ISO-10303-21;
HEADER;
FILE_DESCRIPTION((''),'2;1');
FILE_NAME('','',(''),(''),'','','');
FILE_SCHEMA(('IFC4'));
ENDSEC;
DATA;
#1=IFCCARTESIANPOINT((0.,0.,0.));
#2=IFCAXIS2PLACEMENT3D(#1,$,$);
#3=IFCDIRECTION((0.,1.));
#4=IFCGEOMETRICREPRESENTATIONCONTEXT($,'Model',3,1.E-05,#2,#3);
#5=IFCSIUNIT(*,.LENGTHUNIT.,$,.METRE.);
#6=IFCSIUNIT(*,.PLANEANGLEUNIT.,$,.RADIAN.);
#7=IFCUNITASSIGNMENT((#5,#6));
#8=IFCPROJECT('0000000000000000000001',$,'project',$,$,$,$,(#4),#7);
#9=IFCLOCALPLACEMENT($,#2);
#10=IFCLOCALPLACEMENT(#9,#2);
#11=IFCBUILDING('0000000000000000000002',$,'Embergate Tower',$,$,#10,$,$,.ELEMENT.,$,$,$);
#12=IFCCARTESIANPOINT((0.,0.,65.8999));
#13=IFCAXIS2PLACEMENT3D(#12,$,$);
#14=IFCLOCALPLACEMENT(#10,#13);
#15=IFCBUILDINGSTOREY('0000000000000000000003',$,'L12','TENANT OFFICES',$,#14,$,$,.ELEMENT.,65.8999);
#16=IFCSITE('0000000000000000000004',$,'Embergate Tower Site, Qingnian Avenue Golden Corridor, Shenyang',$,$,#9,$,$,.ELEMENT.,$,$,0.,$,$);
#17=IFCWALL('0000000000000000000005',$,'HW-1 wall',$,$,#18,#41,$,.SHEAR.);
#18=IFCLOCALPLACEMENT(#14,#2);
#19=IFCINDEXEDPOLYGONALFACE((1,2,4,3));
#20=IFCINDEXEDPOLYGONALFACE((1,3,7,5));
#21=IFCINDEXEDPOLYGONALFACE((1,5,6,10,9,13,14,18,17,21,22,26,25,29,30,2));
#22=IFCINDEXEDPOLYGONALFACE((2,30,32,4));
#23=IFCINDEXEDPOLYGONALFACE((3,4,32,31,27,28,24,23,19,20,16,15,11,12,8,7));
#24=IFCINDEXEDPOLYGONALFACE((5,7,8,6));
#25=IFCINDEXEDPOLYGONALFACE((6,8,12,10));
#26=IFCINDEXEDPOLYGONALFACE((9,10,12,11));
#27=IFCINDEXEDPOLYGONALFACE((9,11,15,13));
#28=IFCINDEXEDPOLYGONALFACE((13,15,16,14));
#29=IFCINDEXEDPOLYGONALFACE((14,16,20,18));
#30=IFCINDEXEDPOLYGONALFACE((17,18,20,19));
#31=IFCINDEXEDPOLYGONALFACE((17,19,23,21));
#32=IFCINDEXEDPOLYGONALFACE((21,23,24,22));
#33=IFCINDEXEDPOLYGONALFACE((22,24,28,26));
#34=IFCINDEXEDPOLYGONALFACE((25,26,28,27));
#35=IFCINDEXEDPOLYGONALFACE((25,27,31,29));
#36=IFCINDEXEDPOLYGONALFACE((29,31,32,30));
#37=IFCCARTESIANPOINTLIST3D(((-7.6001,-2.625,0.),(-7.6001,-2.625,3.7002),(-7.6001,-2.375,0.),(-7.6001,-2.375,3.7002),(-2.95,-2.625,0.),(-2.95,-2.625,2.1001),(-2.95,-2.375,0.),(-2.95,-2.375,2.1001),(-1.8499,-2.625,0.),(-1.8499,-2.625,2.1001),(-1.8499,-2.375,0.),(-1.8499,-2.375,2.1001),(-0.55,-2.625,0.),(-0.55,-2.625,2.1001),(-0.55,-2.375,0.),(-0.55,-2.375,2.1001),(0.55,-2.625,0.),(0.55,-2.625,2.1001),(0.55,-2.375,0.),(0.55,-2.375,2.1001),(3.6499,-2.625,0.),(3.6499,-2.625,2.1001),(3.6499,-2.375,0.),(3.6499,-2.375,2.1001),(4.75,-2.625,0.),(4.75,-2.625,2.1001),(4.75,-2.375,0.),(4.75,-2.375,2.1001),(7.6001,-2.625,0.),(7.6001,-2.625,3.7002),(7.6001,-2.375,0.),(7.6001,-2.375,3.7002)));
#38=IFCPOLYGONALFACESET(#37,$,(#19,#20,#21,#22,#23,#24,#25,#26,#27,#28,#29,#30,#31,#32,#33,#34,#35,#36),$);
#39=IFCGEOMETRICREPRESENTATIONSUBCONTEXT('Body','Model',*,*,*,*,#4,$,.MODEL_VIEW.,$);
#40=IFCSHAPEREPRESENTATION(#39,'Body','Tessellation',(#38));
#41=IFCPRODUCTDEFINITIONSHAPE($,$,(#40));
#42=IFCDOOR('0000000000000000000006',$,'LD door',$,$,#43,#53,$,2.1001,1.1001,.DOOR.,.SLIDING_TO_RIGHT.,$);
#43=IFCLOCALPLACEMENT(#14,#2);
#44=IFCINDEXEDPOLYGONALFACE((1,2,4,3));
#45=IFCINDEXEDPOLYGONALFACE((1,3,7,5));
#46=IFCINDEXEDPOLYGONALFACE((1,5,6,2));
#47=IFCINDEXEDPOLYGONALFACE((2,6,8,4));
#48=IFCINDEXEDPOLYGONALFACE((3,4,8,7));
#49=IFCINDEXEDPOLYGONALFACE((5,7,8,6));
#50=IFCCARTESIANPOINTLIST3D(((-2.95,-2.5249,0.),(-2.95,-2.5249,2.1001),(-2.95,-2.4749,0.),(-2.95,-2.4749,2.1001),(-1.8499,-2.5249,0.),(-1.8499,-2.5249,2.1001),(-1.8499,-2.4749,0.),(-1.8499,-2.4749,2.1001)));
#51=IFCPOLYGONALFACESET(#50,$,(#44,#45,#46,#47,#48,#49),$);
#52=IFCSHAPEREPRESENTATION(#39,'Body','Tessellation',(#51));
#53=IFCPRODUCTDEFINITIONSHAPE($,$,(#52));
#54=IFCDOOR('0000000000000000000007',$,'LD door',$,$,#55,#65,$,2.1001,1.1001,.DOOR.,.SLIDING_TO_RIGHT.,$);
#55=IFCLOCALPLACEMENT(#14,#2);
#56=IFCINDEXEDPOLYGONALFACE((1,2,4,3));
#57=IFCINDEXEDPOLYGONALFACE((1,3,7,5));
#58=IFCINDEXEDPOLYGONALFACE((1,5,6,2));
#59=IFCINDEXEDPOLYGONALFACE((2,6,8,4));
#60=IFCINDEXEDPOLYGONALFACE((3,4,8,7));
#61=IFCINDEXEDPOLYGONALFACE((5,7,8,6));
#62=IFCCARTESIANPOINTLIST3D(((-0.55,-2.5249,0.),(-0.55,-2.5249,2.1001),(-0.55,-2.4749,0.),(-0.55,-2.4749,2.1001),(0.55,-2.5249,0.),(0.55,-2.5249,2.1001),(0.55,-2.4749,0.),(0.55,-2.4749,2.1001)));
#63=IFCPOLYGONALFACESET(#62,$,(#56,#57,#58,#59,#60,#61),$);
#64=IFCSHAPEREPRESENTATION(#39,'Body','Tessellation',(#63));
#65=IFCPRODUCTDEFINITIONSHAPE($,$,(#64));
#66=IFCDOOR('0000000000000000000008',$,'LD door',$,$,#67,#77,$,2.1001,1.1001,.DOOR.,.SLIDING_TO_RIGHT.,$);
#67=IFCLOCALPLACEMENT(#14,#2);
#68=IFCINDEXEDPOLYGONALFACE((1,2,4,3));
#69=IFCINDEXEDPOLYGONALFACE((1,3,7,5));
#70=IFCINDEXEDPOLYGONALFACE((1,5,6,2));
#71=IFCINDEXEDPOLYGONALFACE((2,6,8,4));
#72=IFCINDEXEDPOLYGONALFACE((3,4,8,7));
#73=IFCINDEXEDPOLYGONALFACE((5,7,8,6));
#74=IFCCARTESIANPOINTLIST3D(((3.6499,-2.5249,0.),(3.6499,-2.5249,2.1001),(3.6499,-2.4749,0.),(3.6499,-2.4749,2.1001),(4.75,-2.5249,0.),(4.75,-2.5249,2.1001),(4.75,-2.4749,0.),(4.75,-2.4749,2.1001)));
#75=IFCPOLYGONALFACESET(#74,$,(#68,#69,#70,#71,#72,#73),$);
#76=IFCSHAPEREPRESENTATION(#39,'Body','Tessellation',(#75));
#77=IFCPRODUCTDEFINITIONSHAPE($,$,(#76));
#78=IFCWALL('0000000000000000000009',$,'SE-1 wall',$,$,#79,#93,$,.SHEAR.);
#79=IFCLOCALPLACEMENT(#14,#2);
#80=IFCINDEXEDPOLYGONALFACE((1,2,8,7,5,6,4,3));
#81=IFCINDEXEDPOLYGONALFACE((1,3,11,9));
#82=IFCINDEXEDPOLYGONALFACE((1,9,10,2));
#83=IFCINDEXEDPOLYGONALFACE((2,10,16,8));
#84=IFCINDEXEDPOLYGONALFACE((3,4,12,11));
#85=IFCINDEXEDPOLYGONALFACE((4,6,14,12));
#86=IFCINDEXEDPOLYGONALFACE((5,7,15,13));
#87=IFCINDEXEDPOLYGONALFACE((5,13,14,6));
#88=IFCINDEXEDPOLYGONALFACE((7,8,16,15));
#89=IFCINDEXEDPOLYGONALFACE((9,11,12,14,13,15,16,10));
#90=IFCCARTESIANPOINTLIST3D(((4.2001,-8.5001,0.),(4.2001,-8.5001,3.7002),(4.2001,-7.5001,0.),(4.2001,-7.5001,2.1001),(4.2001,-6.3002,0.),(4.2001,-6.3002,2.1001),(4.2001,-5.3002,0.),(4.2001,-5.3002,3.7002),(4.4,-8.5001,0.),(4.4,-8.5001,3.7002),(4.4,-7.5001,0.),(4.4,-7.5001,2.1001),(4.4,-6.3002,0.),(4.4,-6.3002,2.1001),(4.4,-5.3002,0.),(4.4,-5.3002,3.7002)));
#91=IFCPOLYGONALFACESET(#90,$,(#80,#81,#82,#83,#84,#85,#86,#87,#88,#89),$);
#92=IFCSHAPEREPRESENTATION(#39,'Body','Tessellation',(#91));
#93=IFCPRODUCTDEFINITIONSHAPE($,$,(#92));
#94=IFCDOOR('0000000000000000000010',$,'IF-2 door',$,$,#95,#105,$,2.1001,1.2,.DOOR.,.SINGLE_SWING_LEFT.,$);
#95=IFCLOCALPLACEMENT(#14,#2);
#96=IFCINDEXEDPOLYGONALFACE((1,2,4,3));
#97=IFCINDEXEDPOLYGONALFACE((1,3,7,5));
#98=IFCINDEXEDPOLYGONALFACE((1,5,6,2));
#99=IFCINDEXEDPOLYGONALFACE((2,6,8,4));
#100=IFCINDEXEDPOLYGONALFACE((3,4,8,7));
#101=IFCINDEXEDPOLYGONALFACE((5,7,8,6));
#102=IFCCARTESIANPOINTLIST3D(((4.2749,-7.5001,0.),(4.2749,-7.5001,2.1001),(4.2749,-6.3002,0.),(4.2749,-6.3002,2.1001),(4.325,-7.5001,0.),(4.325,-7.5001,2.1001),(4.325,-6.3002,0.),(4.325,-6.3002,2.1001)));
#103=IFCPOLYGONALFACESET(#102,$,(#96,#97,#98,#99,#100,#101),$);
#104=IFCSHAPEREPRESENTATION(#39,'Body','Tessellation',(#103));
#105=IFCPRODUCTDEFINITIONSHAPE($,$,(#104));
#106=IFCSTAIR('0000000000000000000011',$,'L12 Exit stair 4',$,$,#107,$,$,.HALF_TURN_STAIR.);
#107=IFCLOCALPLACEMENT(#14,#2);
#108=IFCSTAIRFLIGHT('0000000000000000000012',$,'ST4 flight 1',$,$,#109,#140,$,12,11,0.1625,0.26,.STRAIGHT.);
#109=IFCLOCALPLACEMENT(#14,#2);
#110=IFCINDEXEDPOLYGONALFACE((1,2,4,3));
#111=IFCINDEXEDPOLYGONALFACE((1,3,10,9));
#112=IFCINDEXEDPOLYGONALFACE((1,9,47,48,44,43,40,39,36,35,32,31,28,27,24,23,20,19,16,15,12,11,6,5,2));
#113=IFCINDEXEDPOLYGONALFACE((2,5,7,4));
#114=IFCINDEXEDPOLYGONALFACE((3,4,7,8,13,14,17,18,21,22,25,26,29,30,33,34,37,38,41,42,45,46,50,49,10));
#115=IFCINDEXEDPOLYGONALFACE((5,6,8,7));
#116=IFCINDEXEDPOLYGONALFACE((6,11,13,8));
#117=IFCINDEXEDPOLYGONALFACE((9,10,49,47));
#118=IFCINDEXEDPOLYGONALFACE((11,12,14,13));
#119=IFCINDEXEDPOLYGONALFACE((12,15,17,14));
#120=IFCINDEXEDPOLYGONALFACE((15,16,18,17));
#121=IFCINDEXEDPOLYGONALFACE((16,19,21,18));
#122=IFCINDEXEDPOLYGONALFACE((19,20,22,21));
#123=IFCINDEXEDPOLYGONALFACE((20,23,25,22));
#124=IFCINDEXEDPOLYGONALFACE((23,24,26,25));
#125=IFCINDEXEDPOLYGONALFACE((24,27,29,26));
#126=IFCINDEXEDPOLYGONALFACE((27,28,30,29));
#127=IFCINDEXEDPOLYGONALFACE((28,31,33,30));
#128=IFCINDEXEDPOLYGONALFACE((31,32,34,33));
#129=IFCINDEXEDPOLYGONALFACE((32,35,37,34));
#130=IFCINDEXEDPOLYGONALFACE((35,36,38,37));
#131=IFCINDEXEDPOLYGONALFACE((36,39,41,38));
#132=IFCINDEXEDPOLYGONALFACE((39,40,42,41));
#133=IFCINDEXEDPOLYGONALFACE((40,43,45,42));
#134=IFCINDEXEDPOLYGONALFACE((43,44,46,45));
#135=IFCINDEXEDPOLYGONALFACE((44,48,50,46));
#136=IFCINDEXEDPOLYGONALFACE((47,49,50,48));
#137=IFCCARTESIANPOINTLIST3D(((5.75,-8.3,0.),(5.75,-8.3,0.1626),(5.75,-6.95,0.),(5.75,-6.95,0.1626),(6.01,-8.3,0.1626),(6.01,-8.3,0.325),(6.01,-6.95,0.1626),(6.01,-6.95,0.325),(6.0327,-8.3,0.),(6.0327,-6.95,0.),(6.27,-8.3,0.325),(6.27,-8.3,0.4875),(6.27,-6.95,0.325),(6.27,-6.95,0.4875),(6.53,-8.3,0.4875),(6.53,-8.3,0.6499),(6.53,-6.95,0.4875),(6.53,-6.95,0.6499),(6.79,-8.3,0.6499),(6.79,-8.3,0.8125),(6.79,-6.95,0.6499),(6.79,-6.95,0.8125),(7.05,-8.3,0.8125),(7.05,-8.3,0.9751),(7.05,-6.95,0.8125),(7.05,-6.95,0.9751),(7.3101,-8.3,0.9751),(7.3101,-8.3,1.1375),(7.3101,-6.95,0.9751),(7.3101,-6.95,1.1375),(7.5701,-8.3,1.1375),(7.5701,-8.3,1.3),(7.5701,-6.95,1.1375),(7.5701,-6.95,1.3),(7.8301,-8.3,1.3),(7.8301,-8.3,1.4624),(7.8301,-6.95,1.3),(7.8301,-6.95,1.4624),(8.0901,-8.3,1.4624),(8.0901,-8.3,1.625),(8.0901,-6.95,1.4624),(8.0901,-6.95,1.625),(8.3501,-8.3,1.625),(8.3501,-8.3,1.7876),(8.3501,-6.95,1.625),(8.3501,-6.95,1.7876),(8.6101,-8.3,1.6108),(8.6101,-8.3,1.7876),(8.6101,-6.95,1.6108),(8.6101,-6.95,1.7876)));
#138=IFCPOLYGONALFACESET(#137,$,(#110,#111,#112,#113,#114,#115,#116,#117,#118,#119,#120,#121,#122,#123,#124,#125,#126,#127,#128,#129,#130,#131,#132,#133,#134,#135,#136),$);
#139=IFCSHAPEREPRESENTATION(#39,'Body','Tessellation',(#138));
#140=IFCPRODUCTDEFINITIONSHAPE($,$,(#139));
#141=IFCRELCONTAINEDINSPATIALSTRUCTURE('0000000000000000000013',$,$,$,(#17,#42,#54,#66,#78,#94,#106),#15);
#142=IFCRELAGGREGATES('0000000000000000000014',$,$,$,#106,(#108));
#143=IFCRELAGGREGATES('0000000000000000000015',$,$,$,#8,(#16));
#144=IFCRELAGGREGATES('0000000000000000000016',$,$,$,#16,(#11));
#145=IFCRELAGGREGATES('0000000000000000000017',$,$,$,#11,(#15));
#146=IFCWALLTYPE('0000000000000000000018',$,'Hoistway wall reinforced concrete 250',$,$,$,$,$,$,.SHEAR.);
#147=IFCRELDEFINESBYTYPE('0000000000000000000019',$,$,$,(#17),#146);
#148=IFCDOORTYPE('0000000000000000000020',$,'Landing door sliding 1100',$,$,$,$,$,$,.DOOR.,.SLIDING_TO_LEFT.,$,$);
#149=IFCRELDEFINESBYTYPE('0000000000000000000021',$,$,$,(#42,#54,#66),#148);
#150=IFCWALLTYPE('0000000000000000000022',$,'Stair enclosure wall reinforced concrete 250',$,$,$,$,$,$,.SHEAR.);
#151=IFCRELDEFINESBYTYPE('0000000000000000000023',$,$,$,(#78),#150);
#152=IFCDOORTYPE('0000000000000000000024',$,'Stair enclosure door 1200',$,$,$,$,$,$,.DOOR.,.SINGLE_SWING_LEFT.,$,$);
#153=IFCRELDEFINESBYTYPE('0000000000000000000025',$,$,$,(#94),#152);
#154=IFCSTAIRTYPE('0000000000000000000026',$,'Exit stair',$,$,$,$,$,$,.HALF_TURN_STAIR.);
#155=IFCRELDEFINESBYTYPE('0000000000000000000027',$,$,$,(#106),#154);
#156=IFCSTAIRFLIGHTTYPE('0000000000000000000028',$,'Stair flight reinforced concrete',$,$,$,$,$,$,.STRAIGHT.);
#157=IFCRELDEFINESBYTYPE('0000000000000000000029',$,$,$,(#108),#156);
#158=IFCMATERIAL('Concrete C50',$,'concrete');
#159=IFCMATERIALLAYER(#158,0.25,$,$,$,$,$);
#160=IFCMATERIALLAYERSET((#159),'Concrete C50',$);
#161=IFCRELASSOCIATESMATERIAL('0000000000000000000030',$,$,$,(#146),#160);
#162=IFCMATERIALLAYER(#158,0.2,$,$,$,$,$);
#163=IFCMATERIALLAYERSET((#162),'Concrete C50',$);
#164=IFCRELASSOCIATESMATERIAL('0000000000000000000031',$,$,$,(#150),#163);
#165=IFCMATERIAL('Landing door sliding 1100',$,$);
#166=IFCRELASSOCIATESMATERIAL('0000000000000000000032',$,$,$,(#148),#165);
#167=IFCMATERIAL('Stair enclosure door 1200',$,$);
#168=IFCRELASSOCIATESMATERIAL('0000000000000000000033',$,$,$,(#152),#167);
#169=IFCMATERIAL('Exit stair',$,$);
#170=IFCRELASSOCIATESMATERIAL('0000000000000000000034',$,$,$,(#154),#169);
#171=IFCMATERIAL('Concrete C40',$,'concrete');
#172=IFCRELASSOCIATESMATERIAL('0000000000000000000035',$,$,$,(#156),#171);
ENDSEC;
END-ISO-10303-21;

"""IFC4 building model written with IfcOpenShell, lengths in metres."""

from ifc_helpers import new_model, si_unit, direction, frame, frame_2d, origin, place, context, subcontext, project, spatial, polyline, rectangle, outline, extrude, source, transform, mapped, material, layer, layer_set, type_object, element, fill, aggregate, save


model = new_model("IFC4")

# Units and contexts
model_context = context("Model", 3, precision=1e-05, world=origin(), true_north=direction((0.0, 1.0)))
body_context = subcontext(model_context, "Body", "Model", "MODEL_VIEW")
ifc_project = project(units=[si_unit("LENGTHUNIT", "METRE"), si_unit("PLANEANGLEUNIT", "RADIAN")], contexts=[model_context])

# Site, building, storey
site_placement = place(None, origin())
site = spatial("IfcSite", under=ifc_project, at=site_placement, Name="Embergate Tower Site, Qingnian Avenue Golden Corridor, Shenyang", CompositionType="ELEMENT", RefElevation=0.0)
building_placement = place(site_placement, origin())
building = spatial("IfcBuilding", under=site, at=building_placement, Name="Embergate Tower", CompositionType="ELEMENT")
storey_placement = place(building_placement, frame((0.0, 0.0, 65.8999)))
storey = spatial("IfcBuildingStorey", under=building, at=storey_placement, Name="L12", Description="TENANT OFFICES", CompositionType="ELEMENT", Elevation=65.8999)

# Shared definitions
ifc_material_1 = material(Name="Concrete C50", Category="concrete")
ifc_layer_1 = layer(ifc_material_1, 0.25)
ifc_layer_set_1 = layer_set([ifc_layer_1], Name="Concrete C50")
wall_type_1 = type_object("IfcWallType", Name="Hoistway wall reinforced concrete 250", PredefinedType="SHEAR", material=ifc_layer_set_1)
ifc_layer_2 = layer(ifc_material_1, 0.2)
ifc_layer_set_2 = layer_set([ifc_layer_2], Name="Concrete C50")
wall_type_2 = type_object("IfcWallType", Name="Stair enclosure wall reinforced concrete 250", PredefinedType="SHEAR", material=ifc_layer_set_2)

# Wall, openings, doors
shared_shape_1 = source(origin(), body_context, "Body", "SweptSolid", [
    extrude(rectangle(XDim=15.2002, YDim=0.25, at=frame_2d((7.6001, 0.0))), origin(), (0.0, 0.0, 1.0), 3.7002),
])
wall_1_placement = place(storey_placement, frame((7.6001, -2.5, 0.0), z_axis=(0.0, 0.0, 1.0), x_axis=(-1.0, 0.0, 0.0)))
wall_1 = element("IfcWall", 1, at=wall_1_placement, inside=storey, type_object=wall_type_1, Name="HW-1 wall", PredefinedType="SHEAR", context=body_context, shape_type="MappedRepresentation", body=[
    mapped(shared_shape_1, transform((0.0, 0.0, 0.0))),
])
shared_shape_2 = source(origin(), body_context, "Body", "SweptSolid", [
    extrude(rectangle(XDim=1.1001, YDim=2.1001, at=frame_2d((0.55, 1.05))), frame((0.0, 0.135, 0.0), z_axis=(0.0, -1.0, 0.0), x_axis=(1.0, 0.0, 0.0)), (0.0, 0.0, 1.0), 0.27),
])
opening_1_placement = place(wall_1_placement, frame((9.45, 0.0, 0.0)))
opening_1 = element("IfcOpeningElement", 2, at=opening_1_placement, cuts=wall_1, PredefinedType="OPENING", context=body_context, shape_type="MappedRepresentation", body=[
    mapped(shared_shape_2, transform((0.0, 0.0, 0.0))),
])
opening_2_placement = place(wall_1_placement, frame((7.05, 0.0, 0.0)))
opening_2 = element("IfcOpeningElement", 3, at=opening_2_placement, cuts=wall_1, PredefinedType="OPENING", context=body_context, shape_type="MappedRepresentation", body=[
    mapped(shared_shape_2, transform((0.0, 0.0, 0.0))),
])
opening_3_placement = place(wall_1_placement, frame((2.8501, 0.0, 0.0)))
opening_3 = element("IfcOpeningElement", 4, at=opening_3_placement, cuts=wall_1, PredefinedType="OPENING", context=body_context, shape_type="MappedRepresentation", body=[
    mapped(shared_shape_2, transform((0.0, 0.0, 0.0))),
])
ifc_material_2 = material(Name="Landing door sliding 1100")
door_type_1 = type_object("IfcDoorType", Name="Landing door sliding 1100", OperationType="SLIDING_TO_LEFT", PredefinedType="DOOR", material=ifc_material_2)
shared_shape_3 = source(origin(), body_context, "Body", "SweptSolid", [
    extrude(rectangle(XDim=1.1001, YDim=2.1001, at=frame_2d((0.55, 1.05))), frame((0.0, 0.0249, 0.0), z_axis=(0.0, -1.0, 0.0), x_axis=(1.0, 0.0, 0.0)), (0.0, 0.0, 1.0), 0.05),
])
door_1_placement = place(opening_1_placement, origin())
door_1 = element("IfcDoor", 5, at=door_1_placement, inside=storey, type_object=door_type_1, Name="LD door", OperationType="SLIDING_TO_RIGHT", OverallHeight=2.1001, OverallWidth=1.1001, PredefinedType="DOOR", context=body_context, shape_type="MappedRepresentation", body=[
    mapped(shared_shape_3, transform((0.0, 0.0, 0.0))),
])
fill(opening_1, door_1)
door_2_placement = place(opening_2_placement, origin())
door_2 = element("IfcDoor", 6, at=door_2_placement, inside=storey, type_object=door_type_1, Name="LD door", OperationType="SLIDING_TO_RIGHT", OverallHeight=2.1001, OverallWidth=1.1001, PredefinedType="DOOR", context=body_context, shape_type="MappedRepresentation", body=[
    mapped(shared_shape_3, transform((0.0, 0.0, 0.0))),
])
fill(opening_2, door_2)
door_3_placement = place(opening_3_placement, origin())
door_3 = element("IfcDoor", 7, at=door_3_placement, inside=storey, type_object=door_type_1, Name="LD door", OperationType="SLIDING_TO_RIGHT", OverallHeight=2.1001, OverallWidth=1.1001, PredefinedType="DOOR", context=body_context, shape_type="MappedRepresentation", body=[
    mapped(shared_shape_3, transform((0.0, 0.0, 0.0))),
])
fill(opening_3, door_3)

# Wall, opening, door
shared_shape_4 = source(origin(), body_context, "Body", "SweptSolid", [
    extrude(rectangle(XDim=3.2, YDim=0.2, at=frame_2d((1.6001, 0.0))), origin(), (0.0, 0.0, 1.0), 3.7002),
])
wall_2_placement = place(storey_placement, frame((4.3, -5.3, 0.0), z_axis=(0.0, 0.0, 1.0), x_axis=(0.0, -1.0, 0.0)))
wall_2 = element("IfcWall", 8, at=wall_2_placement, inside=storey, type_object=wall_type_2, Name="SE-1 wall", PredefinedType="SHEAR", context=body_context, shape_type="MappedRepresentation", body=[
    mapped(shared_shape_4, transform((0.0, 0.0, 0.0))),
])
shared_shape_5 = source(origin(), body_context, "Body", "SweptSolid", [
    extrude(rectangle(XDim=1.2, YDim=2.1001, at=frame_2d((0.6001, 1.05))), frame((0.0, 0.1099, 0.0), z_axis=(0.0, -1.0, 0.0), x_axis=(1.0, 0.0, 0.0)), (0.0, 0.0, 1.0), 0.22),
])
opening_4_placement = place(wall_2_placement, frame((1.0, 0.0, 0.0)))
opening_4 = element("IfcOpeningElement", 9, at=opening_4_placement, cuts=wall_2, PredefinedType="OPENING", context=body_context, shape_type="MappedRepresentation", body=[
    mapped(shared_shape_5, transform((0.0, 0.0, 0.0))),
])
ifc_material_3 = material(Name="Stair enclosure door 1200")
door_type_2 = type_object("IfcDoorType", Name="Stair enclosure door 1200", OperationType="SINGLE_SWING_LEFT", PredefinedType="DOOR", material=ifc_material_3)
shared_shape_6 = source(origin(), body_context, "Body", "SweptSolid", [
    extrude(rectangle(XDim=1.2, YDim=2.1001, at=frame_2d((0.6001, 1.05))), frame((0.0, 0.0249, 0.0), z_axis=(0.0, -1.0, 0.0), x_axis=(1.0, 0.0, 0.0)), (0.0, 0.0, 1.0), 0.05),
])
door_4_placement = place(opening_4_placement, origin())
door_4 = element("IfcDoor", 10, at=door_4_placement, inside=storey, type_object=door_type_2, Name="IF-2 door", OperationType="SINGLE_SWING_LEFT", OverallHeight=2.1001, OverallWidth=1.2, PredefinedType="DOOR", context=body_context, shape_type="MappedRepresentation", body=[
    mapped(shared_shape_6, transform((0.0, 0.0, 0.0))),
])
fill(opening_4, door_4)

# Stair, stair flight
ifc_material_4 = material(Name="Exit stair")
stair_type = type_object("IfcStairType", Name="Exit stair", PredefinedType="HALF_TURN_STAIR", material=ifc_material_4)
stair_placement = place(storey_placement, origin())
stair = element("IfcStair", 11, at=stair_placement, inside=storey, type_object=stair_type, Name="L12 Exit stair 4", PredefinedType="HALF_TURN_STAIR")
ifc_material_5 = material(Name="Concrete C40", Category="concrete")
stair_flight_type = type_object("IfcStairFlightType", Name="Stair flight reinforced concrete", PredefinedType="STRAIGHT", material=ifc_material_5)
shared_shape_7 = source(origin(), body_context, "Body", "SweptSolid", [
    extrude(outline(polyline([(0.0, 0.0), (0.0, 0.1626), (0.26, 0.1626), (0.26, 0.325), (0.52, 0.325), (0.52, 0.4875), (0.78, 0.4875), (0.78, 0.6499), (1.04, 0.6499), (1.04, 0.8125), (1.3, 0.8125), (1.3, 0.9751), (1.5601, 0.9751), (1.5601, 1.1375), (1.8201, 1.1375), (1.8201, 1.3), (2.0801, 1.3), (2.0801, 1.4624), (2.3401, 1.4624), (2.3401, 1.625), (2.6001, 1.625), (2.6001, 1.7876), (2.8601, 1.7876), (2.8601, 1.95), (2.8601, 1.6108), (0.2827, 0.0), (0.0, 0.0)])), frame((0.0, 0.675, 0.0), z_axis=(0.0, -1.0, 0.0), x_axis=(1.0, 0.0, 0.0)), (0.0, 0.0, 1.0), 1.3501),
])
stair_flight_placement = place(storey_placement, frame((5.75, -7.625, 0.0), z_axis=(0.0, 0.0, 1.0), x_axis=(1.0, 0.0, 0.0)))
stair_flight = element("IfcStairFlight", 12, at=stair_flight_placement, type_object=stair_flight_type, Name="ST4 flight 1", NumberOfRisers=12, NumberOfTreads=11, PredefinedType="STRAIGHT", RiserHeight=0.1625, TreadLength=0.26, context=body_context, shape_type="MappedRepresentation", body=[
    mapped(shared_shape_7, transform((0.0, 0.0, 0.0))),
])
aggregate(stair, [stair_flight])

save(model, "model.ifc")
